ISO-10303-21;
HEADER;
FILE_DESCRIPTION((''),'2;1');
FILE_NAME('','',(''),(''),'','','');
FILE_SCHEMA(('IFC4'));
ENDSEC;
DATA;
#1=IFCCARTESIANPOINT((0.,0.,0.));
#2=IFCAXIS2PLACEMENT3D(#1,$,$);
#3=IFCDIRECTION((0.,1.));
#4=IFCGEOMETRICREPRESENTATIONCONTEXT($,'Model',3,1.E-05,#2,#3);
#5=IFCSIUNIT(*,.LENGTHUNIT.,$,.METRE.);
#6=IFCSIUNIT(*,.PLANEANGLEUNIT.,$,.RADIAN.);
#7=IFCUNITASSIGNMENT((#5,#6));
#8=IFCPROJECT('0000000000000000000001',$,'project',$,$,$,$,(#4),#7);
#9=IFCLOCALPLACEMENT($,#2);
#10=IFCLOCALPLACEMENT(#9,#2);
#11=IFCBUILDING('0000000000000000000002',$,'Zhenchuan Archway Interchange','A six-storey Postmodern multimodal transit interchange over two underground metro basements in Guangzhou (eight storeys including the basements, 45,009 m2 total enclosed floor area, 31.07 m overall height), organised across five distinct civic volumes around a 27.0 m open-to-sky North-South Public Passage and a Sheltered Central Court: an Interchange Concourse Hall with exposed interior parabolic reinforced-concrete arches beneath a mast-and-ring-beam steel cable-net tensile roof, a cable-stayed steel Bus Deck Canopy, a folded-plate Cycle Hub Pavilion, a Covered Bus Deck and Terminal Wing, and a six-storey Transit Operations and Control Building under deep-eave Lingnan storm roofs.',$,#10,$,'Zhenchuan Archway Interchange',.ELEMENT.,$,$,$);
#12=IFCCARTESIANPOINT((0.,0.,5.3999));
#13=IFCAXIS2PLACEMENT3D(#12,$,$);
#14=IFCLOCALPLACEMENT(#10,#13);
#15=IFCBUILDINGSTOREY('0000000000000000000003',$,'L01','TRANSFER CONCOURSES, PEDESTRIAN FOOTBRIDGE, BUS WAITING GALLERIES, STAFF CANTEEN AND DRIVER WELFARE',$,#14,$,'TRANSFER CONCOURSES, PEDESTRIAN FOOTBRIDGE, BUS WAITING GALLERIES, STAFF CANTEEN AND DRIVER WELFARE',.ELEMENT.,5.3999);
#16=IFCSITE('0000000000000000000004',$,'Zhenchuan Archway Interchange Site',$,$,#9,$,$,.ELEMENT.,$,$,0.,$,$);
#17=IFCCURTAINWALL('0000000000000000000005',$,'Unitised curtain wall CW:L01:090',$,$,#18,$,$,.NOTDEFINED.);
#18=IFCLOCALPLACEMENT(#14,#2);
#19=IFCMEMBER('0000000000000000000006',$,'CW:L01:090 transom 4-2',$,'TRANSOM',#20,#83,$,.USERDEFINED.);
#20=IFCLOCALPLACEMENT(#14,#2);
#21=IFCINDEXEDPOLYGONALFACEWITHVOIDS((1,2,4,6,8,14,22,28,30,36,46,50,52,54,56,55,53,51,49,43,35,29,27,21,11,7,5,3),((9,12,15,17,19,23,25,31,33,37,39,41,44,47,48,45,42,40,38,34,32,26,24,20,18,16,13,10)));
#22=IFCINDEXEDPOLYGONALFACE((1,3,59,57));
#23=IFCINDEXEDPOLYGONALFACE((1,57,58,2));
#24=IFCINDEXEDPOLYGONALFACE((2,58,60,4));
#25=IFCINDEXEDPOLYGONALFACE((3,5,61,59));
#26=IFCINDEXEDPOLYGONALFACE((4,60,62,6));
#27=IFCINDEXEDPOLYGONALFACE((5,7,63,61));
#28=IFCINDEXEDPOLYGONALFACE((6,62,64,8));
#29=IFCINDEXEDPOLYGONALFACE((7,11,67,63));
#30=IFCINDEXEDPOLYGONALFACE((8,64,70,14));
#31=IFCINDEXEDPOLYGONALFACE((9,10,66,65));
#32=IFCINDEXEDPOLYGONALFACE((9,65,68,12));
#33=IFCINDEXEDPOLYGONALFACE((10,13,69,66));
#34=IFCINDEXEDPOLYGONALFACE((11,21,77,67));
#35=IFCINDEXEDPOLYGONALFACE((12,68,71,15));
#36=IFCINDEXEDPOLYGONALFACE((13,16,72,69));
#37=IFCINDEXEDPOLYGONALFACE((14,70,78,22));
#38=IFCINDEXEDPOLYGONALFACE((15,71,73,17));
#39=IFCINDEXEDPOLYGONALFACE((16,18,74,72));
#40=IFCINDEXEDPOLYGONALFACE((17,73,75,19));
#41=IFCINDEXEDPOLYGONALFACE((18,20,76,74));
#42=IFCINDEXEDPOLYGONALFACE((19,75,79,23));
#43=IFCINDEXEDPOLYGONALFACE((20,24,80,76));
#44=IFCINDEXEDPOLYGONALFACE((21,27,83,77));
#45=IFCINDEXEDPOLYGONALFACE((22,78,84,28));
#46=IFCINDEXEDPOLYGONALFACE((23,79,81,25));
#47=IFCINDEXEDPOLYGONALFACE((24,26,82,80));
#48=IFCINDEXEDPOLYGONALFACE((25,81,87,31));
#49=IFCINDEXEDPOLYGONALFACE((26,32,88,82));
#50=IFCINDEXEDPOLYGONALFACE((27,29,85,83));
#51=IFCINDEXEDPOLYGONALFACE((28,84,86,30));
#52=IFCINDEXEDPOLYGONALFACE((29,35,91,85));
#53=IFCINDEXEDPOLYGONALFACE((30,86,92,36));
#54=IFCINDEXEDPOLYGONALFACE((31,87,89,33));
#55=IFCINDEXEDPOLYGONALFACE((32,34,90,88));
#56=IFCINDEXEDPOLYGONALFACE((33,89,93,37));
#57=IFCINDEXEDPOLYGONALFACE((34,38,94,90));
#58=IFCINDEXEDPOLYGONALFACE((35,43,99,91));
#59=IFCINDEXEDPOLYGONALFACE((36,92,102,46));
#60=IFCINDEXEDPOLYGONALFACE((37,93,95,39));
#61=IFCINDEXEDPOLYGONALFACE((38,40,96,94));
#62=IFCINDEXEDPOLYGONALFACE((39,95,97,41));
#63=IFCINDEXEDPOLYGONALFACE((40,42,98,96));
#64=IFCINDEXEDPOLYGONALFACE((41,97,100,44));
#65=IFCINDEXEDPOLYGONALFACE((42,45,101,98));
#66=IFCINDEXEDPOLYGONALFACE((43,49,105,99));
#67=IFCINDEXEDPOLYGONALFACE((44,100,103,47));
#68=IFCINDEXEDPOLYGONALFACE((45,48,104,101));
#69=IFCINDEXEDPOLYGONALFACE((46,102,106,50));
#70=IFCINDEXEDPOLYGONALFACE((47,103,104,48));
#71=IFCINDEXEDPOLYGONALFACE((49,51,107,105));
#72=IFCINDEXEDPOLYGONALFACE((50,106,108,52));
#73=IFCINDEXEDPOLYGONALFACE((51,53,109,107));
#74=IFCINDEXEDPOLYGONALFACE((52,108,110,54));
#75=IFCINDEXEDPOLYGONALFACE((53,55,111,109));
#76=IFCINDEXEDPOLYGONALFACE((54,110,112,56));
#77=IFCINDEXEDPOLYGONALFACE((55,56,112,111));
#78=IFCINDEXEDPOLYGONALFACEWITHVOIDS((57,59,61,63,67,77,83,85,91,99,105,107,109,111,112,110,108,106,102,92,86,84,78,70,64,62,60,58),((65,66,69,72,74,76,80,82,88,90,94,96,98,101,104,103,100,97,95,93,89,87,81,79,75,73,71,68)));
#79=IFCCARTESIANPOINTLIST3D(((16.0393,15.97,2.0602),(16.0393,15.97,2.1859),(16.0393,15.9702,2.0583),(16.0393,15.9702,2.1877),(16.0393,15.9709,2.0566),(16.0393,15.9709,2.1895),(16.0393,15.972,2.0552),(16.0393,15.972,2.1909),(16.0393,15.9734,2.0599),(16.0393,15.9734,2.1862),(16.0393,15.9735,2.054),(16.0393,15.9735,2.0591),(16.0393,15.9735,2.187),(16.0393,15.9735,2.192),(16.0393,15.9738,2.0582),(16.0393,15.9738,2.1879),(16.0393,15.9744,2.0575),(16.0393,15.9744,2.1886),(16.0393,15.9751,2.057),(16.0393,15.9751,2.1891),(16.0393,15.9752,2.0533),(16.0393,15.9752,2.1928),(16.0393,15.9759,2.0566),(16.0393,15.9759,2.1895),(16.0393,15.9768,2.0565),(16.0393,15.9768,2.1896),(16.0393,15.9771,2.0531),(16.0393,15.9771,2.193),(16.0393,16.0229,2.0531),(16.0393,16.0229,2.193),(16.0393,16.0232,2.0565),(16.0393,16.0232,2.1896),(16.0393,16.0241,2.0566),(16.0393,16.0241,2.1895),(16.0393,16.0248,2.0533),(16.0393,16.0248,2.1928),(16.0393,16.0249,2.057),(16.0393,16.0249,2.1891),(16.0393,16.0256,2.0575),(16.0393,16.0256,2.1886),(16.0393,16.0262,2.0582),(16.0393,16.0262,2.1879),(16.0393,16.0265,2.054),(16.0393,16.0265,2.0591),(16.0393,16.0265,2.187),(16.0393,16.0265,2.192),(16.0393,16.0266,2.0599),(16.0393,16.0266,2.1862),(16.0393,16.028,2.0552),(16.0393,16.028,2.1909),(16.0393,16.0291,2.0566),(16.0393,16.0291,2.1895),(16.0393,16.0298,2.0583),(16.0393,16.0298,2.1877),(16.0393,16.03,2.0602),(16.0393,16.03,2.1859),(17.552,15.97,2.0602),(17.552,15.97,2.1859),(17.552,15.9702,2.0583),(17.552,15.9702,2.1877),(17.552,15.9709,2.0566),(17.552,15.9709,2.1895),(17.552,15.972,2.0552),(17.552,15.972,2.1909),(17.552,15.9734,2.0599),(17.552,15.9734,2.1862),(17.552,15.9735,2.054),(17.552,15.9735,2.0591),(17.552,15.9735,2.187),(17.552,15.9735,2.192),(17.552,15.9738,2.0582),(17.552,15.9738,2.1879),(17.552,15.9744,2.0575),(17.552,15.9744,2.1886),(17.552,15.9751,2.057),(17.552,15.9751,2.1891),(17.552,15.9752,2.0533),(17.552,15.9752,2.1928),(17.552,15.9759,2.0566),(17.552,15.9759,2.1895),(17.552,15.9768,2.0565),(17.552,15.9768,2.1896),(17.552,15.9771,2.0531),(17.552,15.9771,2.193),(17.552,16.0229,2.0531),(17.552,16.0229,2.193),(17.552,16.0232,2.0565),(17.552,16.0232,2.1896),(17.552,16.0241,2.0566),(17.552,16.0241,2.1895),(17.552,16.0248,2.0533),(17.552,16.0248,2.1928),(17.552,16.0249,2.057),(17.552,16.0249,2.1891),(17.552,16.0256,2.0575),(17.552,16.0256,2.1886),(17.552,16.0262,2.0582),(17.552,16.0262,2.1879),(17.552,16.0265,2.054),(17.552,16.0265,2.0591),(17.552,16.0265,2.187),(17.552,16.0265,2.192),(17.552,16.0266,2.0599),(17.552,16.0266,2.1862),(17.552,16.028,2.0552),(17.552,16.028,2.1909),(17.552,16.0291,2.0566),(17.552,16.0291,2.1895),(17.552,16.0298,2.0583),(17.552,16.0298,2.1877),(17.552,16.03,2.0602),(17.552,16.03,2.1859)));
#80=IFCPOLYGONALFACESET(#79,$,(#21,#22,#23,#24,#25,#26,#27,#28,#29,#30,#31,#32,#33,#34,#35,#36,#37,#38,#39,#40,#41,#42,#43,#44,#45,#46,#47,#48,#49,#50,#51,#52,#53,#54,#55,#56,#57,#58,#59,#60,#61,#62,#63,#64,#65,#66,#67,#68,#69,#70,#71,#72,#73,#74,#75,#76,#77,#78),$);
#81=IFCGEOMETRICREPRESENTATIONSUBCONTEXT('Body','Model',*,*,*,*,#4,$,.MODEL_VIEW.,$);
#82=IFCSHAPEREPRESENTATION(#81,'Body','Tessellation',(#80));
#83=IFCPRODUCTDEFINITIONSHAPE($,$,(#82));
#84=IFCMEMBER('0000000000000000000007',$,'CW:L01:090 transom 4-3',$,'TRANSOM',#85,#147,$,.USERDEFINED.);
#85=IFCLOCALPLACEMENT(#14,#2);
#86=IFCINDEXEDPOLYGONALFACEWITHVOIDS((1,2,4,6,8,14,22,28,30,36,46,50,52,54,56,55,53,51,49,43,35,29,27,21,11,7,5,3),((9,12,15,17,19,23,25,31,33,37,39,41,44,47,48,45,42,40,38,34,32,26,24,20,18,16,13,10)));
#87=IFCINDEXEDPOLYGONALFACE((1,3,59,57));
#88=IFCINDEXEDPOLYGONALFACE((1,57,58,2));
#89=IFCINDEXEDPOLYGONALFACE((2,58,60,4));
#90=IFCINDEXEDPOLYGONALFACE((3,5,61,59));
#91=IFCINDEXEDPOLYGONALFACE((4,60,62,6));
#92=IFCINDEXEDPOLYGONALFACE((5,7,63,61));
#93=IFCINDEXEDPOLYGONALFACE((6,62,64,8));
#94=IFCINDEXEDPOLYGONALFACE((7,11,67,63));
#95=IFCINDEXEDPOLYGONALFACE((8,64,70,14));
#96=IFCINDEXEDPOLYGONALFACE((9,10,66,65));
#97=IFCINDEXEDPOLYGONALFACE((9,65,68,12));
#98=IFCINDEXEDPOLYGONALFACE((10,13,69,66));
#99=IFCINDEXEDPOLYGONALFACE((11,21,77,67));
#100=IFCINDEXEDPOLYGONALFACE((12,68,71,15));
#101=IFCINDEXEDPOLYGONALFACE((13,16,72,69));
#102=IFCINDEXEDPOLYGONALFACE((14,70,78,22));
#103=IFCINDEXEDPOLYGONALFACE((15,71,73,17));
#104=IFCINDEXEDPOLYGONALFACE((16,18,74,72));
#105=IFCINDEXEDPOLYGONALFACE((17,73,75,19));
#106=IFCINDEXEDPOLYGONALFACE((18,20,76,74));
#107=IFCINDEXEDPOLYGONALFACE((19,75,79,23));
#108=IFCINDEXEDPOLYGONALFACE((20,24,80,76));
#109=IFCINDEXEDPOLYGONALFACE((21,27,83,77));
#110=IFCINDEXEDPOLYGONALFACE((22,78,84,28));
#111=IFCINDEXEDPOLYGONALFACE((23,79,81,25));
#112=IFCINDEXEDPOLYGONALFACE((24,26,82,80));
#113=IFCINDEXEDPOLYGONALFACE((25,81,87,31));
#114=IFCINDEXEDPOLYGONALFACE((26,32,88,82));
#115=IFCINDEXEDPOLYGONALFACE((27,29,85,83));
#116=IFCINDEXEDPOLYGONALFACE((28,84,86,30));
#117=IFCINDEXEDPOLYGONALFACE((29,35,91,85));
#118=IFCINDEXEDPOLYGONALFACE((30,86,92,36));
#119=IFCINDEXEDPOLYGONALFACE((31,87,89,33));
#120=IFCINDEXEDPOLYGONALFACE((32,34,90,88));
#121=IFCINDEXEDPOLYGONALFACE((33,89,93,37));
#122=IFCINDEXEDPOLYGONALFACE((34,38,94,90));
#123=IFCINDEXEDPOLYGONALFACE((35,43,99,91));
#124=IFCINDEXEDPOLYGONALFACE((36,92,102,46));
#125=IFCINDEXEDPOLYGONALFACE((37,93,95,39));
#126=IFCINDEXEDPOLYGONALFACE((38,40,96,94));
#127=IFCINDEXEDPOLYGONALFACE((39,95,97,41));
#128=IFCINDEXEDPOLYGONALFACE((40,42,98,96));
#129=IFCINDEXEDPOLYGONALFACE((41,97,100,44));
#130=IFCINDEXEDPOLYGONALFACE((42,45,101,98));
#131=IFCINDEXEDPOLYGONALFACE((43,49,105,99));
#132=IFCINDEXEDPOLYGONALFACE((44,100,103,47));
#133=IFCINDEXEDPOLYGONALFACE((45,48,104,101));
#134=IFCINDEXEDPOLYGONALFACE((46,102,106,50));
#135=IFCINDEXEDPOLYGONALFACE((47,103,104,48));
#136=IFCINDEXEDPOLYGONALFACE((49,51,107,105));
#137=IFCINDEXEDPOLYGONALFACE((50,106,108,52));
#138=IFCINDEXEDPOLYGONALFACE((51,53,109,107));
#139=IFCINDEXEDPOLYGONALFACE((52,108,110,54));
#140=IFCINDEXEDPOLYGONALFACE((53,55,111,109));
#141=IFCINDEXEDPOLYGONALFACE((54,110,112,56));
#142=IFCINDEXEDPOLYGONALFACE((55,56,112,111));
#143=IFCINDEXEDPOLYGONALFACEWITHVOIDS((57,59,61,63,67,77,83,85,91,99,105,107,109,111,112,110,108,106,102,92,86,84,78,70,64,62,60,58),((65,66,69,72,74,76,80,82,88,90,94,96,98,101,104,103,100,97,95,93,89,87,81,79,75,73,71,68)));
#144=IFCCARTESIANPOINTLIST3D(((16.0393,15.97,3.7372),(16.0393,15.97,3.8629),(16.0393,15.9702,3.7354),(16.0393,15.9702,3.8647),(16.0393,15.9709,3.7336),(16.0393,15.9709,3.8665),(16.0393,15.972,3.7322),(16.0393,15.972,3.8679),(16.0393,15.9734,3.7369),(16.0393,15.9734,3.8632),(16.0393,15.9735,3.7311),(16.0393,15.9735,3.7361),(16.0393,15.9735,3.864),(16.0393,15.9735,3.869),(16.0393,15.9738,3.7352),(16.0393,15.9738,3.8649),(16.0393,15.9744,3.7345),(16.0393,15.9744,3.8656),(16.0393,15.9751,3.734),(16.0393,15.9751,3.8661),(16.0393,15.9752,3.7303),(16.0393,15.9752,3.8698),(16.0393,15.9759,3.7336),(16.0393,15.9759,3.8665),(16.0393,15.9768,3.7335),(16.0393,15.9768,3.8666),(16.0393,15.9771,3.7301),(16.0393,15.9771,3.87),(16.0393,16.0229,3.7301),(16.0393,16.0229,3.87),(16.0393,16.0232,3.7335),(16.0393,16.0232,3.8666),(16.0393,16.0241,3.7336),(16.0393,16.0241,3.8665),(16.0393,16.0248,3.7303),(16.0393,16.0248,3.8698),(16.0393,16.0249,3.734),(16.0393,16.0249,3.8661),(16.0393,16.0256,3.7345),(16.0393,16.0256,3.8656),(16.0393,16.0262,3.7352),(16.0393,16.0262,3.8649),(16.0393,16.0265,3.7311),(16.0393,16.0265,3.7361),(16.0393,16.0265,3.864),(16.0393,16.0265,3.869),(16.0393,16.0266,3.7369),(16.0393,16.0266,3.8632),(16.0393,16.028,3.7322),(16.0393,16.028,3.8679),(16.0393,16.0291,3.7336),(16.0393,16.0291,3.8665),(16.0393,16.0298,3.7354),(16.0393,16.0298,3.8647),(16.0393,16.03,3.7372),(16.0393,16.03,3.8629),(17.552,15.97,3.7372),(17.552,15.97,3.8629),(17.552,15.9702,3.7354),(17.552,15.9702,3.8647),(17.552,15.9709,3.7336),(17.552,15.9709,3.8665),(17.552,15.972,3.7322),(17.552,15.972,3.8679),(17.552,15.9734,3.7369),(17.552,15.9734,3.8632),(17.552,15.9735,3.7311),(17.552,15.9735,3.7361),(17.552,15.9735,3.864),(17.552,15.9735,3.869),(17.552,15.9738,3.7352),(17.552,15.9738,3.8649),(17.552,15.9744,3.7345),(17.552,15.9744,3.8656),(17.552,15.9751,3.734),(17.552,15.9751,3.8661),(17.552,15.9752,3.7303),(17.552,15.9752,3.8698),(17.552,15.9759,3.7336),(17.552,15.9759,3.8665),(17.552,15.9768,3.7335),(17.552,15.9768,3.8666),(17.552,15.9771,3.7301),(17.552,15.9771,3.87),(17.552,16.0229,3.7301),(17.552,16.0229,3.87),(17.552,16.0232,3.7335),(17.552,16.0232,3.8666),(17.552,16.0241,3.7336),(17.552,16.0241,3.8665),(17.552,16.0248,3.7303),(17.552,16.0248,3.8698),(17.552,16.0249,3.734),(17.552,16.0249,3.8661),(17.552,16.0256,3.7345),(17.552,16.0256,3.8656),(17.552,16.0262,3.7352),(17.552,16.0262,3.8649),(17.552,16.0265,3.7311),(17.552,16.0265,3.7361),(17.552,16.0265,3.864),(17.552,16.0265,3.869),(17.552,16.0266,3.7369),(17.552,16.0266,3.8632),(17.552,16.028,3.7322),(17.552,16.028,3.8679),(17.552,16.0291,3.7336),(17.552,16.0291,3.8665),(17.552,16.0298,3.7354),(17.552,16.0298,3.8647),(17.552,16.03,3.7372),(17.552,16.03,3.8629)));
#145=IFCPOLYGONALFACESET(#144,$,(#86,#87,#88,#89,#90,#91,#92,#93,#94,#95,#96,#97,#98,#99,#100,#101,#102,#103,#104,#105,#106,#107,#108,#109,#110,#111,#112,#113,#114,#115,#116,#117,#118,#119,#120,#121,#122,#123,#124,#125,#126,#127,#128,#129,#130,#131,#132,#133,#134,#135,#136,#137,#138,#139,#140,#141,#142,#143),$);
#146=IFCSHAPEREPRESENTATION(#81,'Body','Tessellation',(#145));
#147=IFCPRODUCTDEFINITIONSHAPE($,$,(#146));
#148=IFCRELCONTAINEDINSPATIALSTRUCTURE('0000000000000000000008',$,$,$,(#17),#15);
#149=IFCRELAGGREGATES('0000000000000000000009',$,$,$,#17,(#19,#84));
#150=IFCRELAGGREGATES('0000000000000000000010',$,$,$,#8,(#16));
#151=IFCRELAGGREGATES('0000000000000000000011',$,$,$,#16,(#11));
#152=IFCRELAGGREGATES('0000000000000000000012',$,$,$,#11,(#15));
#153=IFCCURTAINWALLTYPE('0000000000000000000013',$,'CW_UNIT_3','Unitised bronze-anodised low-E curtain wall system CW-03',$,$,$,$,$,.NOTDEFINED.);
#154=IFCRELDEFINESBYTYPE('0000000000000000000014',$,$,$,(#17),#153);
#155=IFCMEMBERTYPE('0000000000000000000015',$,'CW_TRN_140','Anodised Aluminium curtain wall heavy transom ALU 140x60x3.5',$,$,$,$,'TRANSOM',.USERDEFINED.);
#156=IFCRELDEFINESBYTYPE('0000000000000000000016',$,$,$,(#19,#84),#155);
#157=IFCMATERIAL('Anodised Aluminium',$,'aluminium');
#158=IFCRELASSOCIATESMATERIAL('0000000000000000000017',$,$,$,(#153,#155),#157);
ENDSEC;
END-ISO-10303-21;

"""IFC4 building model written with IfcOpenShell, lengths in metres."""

from ifc_helpers import new_model, si_unit, direction, frame, origin, origin_2d, place, context, subcontext, project, spatial, hollow_rectangle, extrude, material, material_profile, profile_set, type_object, element, aggregate, save


model = new_model("IFC4")

# Units and contexts
model_context = context("Model", 3, precision=1e-05, world=origin(), true_north=direction((0.0, 1.0)))
body_context = subcontext(model_context, "Body", "Model", "MODEL_VIEW")
ifc_project = project(units=[si_unit("LENGTHUNIT", "METRE"), si_unit("PLANEANGLEUNIT", "RADIAN")], contexts=[model_context])

# Site, building, storey
site_placement = place(None, origin())
site = spatial("IfcSite", under=ifc_project, at=site_placement, Name="Zhenchuan Archway Interchange Site", CompositionType="ELEMENT", RefElevation=0.0)
building_placement = place(site_placement, origin())
building = spatial("IfcBuilding", under=site, at=building_placement, Name="Zhenchuan Archway Interchange", Description="A six-storey Postmodern multimodal transit interchange over two underground metro basements in Guangzhou (eight storeys including the basements, 45,009 m2 total enclosed floor area, 31.07 m overall height), organised across five distinct civic volumes around a 27.0 m open-to-sky North-South Public Passage and a Sheltered Central Court: an Interchange Concourse Hall with exposed interior parabolic reinforced-concrete arches beneath a mast-and-ring-beam steel cable-net tensile roof, a cable-stayed steel Bus Deck Canopy, a folded-plate Cycle Hub Pavilion, a Covered Bus Deck and Terminal Wing, and a six-storey Transit Operations and Control Building under deep-eave Lingnan storm roofs.", LongName="Zhenchuan Archway Interchange", CompositionType="ELEMENT")
storey_placement = place(building_placement, frame((0.0, 0.0, 5.3999)))
storey = spatial("IfcBuildingStorey", under=building, at=storey_placement, Name="L01", Description="TRANSFER CONCOURSES, PEDESTRIAN FOOTBRIDGE, BUS WAITING GALLERIES, STAFF CANTEEN AND DRIVER WELFARE", LongName="TRANSFER CONCOURSES, PEDESTRIAN FOOTBRIDGE, BUS WAITING GALLERIES, STAFF CANTEEN AND DRIVER WELFARE", CompositionType="ELEMENT", Elevation=5.3999)

# Shared definitions
ifc_material_1 = material(Name="Anodised Aluminium", Category="aluminium")

# Curtain wall
curtain_wall_type_1 = type_object("IfcCurtainWallType", Name="CW_UNIT_3", Description="Unitised bronze-anodised low-E curtain wall system CW-03", PredefinedType="NOTDEFINED", material=ifc_material_1)
curtain_wall_1_placement = place(storey_placement, origin())
curtain_wall_1 = element("IfcCurtainWall", 1, at=curtain_wall_1_placement, inside=storey, type_object=curtain_wall_type_1, Name="Unitised curtain wall CW:L01:090", PredefinedType="NOTDEFINED")

# Members
ifc_material_profile_1 = material_profile(ifc_material_1, hollow_rectangle(XDim=0.0601, YDim=0.1399, WallThickness=0.0034, InnerFilletRadius=0.0034, OuterFilletRadius=0.0071, at=origin_2d()), Name="ALU 140x60x3.5")
ifc_profile_set_1 = profile_set([ifc_material_profile_1], Name="Anodised Aluminium")
member_type_1 = type_object("IfcMemberType", Name="CW_TRN_140", Description="Anodised Aluminium curtain wall heavy transom ALU 140x60x3.5", ElementType="TRANSOM", PredefinedType="USERDEFINED", material=ifc_profile_set_1)
member_1_placement = place(storey_placement, frame((16.0393, 16.0, 2.123), z_axis=(1.0, 0.0, 0.0), x_axis=(0.0, 1.0, 0.0)))
member_1 = element("IfcMember", 2, at=member_1_placement, type_object=member_type_1, Name="CW:L01:090 transom 4-2", ObjectType="TRANSOM", PredefinedType="USERDEFINED", context=body_context, shape_type="SweptSolid", body=[
    extrude(hollow_rectangle(XDim=0.0601, YDim=0.1399, WallThickness=0.0034, InnerFilletRadius=0.0034, OuterFilletRadius=0.0071, at=origin_2d()), origin(), (0.0, 0.0, 1.0), 1.5127),
])
member_2_placement = place(storey_placement, frame((16.0393, 16.0, 3.8), z_axis=(1.0, 0.0, 0.0), x_axis=(0.0, 1.0, 0.0)))
member_2 = element("IfcMember", 3, at=member_2_placement, type_object=member_type_1, Name="CW:L01:090 transom 4-3", ObjectType="TRANSOM", PredefinedType="USERDEFINED", context=body_context, shape_type="SweptSolid", body=[
    extrude(hollow_rectangle(XDim=0.0601, YDim=0.1399, WallThickness=0.0034, InnerFilletRadius=0.0034, OuterFilletRadius=0.0071, at=origin_2d()), origin(), (0.0, 0.0, 1.0), 1.5127),
])

aggregate(curtain_wall_1, [member_1, member_2])

save(model, "model.ifc")
